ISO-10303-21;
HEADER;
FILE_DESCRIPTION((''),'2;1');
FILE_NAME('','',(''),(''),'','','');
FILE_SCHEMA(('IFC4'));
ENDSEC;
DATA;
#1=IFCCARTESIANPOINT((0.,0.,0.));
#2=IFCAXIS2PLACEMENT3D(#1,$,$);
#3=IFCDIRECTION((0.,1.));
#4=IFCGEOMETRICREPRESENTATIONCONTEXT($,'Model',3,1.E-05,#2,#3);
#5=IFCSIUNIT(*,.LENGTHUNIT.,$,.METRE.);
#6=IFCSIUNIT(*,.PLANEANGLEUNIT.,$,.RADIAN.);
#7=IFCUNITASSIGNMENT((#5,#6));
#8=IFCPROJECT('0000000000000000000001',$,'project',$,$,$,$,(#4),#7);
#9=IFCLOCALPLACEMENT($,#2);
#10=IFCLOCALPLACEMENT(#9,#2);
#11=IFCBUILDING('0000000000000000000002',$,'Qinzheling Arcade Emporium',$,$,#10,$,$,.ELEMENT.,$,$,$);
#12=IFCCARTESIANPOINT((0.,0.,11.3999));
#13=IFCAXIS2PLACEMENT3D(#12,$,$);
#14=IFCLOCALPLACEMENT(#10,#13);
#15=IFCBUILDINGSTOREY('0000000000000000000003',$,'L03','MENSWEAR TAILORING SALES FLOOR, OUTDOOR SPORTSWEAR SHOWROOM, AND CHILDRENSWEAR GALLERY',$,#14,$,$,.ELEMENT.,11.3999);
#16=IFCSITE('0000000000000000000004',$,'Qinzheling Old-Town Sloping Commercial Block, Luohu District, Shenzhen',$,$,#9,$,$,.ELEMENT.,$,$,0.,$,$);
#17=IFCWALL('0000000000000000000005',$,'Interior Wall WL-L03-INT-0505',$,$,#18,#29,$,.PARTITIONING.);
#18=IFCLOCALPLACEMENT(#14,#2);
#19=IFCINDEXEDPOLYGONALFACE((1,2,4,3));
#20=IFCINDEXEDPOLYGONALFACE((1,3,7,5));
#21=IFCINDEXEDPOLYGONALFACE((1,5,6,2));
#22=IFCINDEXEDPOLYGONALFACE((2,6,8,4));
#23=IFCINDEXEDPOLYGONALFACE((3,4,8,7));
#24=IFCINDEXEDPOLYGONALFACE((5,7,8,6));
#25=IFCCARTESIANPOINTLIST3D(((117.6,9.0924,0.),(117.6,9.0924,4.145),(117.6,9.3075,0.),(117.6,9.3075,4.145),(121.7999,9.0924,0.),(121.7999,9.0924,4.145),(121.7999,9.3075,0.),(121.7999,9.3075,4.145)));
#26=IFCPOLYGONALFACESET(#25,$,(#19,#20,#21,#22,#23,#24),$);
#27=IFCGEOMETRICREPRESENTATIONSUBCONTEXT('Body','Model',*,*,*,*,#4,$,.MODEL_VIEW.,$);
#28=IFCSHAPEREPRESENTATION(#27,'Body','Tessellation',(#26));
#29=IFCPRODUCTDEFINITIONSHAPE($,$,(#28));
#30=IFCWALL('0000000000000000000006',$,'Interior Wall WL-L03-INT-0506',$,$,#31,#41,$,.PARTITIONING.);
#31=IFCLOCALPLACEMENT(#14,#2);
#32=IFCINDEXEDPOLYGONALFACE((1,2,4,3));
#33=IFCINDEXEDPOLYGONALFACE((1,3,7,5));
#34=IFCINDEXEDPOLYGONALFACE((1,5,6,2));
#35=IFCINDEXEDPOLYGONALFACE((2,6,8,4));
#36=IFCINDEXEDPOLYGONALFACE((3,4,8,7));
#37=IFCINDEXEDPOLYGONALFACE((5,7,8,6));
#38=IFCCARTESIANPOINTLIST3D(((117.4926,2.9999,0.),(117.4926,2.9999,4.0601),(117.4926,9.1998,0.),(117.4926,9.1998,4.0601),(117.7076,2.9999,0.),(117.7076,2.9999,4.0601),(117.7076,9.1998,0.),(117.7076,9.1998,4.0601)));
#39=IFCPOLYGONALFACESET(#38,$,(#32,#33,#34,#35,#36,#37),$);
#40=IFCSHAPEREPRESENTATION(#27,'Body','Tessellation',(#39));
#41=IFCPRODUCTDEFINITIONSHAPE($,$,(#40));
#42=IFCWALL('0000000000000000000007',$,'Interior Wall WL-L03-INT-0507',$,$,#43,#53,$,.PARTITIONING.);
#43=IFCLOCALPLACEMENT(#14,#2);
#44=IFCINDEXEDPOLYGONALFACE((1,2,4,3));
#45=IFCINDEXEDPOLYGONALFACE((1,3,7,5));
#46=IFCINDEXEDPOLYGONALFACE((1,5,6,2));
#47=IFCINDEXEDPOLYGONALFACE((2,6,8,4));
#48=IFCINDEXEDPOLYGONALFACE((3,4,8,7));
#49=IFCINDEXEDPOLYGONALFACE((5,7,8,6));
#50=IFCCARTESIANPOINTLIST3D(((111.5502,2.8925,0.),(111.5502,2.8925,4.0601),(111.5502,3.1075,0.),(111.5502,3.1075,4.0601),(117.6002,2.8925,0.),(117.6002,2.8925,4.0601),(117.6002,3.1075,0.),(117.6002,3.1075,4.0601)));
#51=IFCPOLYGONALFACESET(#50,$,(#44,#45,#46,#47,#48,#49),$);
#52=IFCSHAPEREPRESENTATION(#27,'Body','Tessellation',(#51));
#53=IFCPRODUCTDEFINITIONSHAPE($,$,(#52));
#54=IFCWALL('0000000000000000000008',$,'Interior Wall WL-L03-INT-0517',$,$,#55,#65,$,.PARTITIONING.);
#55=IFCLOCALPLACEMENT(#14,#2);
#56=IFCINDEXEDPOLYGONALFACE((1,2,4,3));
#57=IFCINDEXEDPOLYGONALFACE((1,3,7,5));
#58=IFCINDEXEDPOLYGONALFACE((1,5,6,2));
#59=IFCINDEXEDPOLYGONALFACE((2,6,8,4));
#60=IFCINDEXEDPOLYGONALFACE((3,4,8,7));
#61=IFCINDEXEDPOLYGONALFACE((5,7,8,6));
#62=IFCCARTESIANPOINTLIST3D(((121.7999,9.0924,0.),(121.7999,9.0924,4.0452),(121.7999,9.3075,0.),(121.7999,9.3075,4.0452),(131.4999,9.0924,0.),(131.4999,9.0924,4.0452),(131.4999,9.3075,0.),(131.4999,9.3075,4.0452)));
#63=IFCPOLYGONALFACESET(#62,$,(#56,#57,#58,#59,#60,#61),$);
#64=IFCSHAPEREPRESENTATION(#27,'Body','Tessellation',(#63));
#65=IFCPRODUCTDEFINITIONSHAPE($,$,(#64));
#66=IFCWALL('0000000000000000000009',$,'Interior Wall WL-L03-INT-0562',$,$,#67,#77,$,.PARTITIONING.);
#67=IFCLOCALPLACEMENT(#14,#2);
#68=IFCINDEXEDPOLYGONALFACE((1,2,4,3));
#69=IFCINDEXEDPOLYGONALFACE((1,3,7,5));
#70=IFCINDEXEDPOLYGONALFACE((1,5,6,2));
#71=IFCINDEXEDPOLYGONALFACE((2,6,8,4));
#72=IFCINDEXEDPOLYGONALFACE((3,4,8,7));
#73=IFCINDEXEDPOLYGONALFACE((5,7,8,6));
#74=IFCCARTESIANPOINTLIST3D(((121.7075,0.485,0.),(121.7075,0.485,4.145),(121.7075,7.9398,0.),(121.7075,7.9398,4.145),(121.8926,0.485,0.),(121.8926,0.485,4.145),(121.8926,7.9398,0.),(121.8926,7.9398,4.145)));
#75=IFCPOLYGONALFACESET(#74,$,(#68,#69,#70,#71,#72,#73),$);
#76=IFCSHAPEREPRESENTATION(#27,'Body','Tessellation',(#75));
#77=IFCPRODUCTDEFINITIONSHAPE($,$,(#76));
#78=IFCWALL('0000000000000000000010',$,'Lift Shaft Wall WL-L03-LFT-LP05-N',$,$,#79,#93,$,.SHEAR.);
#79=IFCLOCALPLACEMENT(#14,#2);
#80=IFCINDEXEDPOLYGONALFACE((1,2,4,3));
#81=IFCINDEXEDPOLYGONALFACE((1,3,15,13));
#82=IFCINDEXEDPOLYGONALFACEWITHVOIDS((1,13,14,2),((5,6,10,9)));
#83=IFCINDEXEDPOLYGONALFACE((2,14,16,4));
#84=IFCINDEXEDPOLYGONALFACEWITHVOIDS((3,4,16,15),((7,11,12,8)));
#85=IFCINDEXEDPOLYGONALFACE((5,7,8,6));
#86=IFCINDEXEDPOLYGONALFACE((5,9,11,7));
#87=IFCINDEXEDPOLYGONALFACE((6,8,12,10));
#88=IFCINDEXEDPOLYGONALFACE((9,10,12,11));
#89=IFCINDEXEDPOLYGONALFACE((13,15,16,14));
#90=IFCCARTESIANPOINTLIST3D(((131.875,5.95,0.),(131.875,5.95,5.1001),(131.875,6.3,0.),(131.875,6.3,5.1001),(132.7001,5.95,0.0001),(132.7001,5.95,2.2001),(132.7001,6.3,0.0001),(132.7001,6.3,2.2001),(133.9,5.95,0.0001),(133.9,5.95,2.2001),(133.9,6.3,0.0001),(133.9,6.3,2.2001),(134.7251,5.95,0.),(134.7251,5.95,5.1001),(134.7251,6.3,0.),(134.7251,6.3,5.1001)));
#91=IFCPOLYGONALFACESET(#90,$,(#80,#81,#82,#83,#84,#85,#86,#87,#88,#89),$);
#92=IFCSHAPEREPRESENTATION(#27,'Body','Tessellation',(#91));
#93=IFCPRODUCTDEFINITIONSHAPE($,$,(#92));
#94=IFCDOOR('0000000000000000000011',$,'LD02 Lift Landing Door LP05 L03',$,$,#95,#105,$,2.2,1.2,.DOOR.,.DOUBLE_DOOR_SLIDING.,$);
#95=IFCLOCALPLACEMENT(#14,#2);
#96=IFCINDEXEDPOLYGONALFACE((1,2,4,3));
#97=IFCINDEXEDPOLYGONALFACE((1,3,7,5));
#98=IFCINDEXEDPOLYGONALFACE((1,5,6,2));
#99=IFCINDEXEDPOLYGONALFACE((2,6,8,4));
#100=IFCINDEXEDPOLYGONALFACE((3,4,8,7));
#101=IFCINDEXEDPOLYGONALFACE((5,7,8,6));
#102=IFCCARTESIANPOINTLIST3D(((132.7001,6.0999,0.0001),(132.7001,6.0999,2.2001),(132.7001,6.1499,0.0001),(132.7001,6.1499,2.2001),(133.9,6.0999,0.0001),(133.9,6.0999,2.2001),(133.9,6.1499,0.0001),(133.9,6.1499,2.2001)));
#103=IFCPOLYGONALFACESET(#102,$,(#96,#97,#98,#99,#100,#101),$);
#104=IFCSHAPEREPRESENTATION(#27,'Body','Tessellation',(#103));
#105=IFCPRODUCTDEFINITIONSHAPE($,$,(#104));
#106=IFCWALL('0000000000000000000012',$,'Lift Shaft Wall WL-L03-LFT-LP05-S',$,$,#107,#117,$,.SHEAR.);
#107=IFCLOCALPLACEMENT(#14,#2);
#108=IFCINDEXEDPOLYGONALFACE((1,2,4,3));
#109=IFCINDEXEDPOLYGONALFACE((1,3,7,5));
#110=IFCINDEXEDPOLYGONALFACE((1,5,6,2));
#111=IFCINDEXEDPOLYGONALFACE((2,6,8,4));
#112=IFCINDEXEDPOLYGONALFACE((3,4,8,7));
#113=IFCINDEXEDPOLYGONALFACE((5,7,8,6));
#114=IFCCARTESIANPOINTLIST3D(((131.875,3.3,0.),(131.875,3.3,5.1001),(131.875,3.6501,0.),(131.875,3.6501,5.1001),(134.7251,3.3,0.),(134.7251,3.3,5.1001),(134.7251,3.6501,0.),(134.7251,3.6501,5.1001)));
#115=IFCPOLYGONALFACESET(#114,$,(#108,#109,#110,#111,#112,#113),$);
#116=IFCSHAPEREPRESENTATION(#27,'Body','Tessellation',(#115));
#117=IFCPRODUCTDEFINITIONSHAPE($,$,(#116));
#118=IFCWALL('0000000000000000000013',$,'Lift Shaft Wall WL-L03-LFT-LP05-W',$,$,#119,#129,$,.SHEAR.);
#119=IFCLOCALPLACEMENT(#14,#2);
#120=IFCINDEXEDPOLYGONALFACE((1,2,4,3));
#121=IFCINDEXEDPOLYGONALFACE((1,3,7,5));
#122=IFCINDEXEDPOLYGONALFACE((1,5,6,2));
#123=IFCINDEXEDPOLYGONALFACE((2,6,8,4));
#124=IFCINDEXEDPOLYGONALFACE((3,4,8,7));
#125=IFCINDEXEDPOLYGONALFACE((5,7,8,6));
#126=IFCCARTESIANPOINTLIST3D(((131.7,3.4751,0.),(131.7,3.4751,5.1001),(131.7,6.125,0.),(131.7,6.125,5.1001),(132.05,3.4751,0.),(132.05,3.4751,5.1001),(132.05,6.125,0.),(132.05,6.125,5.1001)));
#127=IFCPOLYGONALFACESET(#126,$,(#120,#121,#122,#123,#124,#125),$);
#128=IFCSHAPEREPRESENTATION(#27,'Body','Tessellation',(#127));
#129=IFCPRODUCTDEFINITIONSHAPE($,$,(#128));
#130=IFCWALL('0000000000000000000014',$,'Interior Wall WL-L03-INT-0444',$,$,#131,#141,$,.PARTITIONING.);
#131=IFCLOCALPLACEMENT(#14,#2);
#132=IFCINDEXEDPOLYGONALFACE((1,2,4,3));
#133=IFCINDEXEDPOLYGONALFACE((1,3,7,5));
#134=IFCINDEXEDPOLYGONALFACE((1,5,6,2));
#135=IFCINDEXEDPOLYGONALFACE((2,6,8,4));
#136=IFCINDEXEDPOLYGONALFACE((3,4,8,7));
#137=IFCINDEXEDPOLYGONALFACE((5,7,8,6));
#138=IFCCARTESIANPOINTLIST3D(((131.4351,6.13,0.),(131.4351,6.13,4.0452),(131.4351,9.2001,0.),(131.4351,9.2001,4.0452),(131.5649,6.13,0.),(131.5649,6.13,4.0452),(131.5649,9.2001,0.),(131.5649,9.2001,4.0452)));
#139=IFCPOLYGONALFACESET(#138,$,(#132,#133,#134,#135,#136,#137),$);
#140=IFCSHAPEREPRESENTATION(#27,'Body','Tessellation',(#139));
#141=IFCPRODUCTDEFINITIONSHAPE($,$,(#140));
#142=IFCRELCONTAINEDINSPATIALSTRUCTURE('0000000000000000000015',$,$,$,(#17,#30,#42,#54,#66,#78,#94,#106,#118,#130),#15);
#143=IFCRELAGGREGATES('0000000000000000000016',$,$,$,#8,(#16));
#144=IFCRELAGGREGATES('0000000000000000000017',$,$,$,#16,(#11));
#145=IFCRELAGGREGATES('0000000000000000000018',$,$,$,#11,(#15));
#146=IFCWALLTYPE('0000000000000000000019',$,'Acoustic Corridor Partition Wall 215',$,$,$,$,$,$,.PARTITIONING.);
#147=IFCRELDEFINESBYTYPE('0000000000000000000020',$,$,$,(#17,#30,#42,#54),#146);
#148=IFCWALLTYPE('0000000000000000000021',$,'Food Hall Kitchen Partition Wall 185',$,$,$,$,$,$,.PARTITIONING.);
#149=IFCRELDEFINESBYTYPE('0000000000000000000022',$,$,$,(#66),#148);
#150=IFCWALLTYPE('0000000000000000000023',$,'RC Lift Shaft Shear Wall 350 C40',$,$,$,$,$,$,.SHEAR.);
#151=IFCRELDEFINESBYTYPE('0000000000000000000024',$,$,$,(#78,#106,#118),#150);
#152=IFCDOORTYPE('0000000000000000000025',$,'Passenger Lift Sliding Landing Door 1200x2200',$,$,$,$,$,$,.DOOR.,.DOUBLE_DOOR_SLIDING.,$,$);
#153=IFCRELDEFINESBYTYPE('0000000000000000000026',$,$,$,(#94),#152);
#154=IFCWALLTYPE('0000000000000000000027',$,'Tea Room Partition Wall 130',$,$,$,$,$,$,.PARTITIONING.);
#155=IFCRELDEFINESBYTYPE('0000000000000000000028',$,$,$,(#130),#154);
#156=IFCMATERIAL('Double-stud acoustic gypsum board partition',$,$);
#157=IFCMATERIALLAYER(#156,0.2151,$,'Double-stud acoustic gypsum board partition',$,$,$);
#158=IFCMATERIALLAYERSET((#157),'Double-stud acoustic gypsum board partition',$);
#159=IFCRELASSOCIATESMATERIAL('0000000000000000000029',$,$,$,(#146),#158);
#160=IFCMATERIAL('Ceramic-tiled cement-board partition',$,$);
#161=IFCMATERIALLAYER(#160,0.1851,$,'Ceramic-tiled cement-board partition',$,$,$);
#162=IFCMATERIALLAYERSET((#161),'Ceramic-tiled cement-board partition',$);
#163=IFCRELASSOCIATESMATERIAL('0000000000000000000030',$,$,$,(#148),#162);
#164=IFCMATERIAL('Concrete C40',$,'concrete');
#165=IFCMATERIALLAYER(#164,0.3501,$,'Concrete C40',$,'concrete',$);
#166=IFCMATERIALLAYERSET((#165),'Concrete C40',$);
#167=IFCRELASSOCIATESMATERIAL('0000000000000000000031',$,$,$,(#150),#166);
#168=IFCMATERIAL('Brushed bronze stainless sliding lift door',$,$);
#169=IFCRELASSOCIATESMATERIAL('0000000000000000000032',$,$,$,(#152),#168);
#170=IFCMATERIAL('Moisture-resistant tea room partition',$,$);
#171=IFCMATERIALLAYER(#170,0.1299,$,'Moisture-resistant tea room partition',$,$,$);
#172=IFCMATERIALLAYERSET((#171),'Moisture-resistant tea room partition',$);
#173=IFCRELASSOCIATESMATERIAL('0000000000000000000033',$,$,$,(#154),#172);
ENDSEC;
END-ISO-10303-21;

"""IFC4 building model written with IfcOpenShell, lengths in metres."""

from ifc_helpers import new_model, si_unit, direction, frame, frame_2d, origin, place, context, subcontext, project, spatial, rectangle, extrude, material, layer, layer_set, type_object, element, fill, save


model = new_model("IFC4")

# Units and contexts
model_context = context("Model", 3, precision=1e-05, world=origin(), true_north=direction((0.0, 1.0)))
body_context = subcontext(model_context, "Body", "Model", "MODEL_VIEW")
ifc_project = project(units=[si_unit("LENGTHUNIT", "METRE"), si_unit("PLANEANGLEUNIT", "RADIAN")], contexts=[model_context])

# Site, building, storey
site_placement = place(None, origin())
site = spatial("IfcSite", under=ifc_project, at=site_placement, Name="Qinzheling Old-Town Sloping Commercial Block, Luohu District, Shenzhen", CompositionType="ELEMENT", RefElevation=0.0)
building_placement = place(site_placement, origin())
building = spatial("IfcBuilding", under=site, at=building_placement, Name="Qinzheling Arcade Emporium", CompositionType="ELEMENT")
storey_placement = place(building_placement, frame((0.0, 0.0, 11.3999)))
storey = spatial("IfcBuildingStorey", under=building, at=storey_placement, Name="L03", Description="MENSWEAR TAILORING SALES FLOOR, OUTDOOR SPORTSWEAR SHOWROOM, AND CHILDRENSWEAR GALLERY", CompositionType="ELEMENT", Elevation=11.3999)

# Shared definitions
ifc_material_1 = material(Name="Concrete C40", Category="concrete")

# Shared definitions
ifc_material_2 = material(Name="Double-stud acoustic gypsum board partition")
ifc_layer_1 = layer(ifc_material_2, 0.2151, Name="Double-stud acoustic gypsum board partition")
ifc_layer_set_1 = layer_set([ifc_layer_1], Name="Double-stud acoustic gypsum board partition")
wall_type_1 = type_object("IfcWallType", Name="Acoustic Corridor Partition Wall 215", PredefinedType="PARTITIONING", material=ifc_layer_set_1)

# Walls
wall_1_placement = place(storey_placement, frame((121.8, 9.2, 0.0), z_axis=(0.0, 0.0, 1.0), x_axis=(-1.0, 0.0, 0.0)))
element("IfcWall", 1, at=wall_1_placement, inside=storey, type_object=wall_type_1, Name="Interior Wall WL-L03-INT-0505", PredefinedType="PARTITIONING", context=body_context, shape_type="SweptSolid", body=[
    extrude(rectangle(XDim=4.2, YDim=0.2151, at=frame_2d((2.1001, 0.0))), origin(), (0.0, 0.0, 1.0), 4.145),
])
wall_2_placement = place(storey_placement, frame((117.6001, 9.2, 0.0), z_axis=(0.0, 0.0, 1.0), x_axis=(0.0, -1.0, 0.0)))
element("IfcWall", 2, at=wall_2_placement, inside=storey, type_object=wall_type_1, Name="Interior Wall WL-L03-INT-0506", PredefinedType="PARTITIONING", context=body_context, shape_type="SweptSolid", body=[
    extrude(rectangle(XDim=6.2, YDim=0.2151, at=frame_2d((3.1001, 0.0))), origin(), (0.0, 0.0, 1.0), 4.0601),
])
wall_3_placement = place(storey_placement, frame((117.6001, 3.0, 0.0), z_axis=(0.0, 0.0, 1.0), x_axis=(-1.0, 0.0, 0.0)))
element("IfcWall", 3, at=wall_3_placement, inside=storey, type_object=wall_type_1, Name="Interior Wall WL-L03-INT-0507", PredefinedType="PARTITIONING", context=body_context, shape_type="SweptSolid", body=[
    extrude(rectangle(XDim=6.05, YDim=0.2151, at=frame_2d((3.0249, 0.0))), origin(), (0.0, 0.0, 1.0), 4.0601),
])
wall_4_placement = place(storey_placement, frame((131.5, 9.2, 0.0), z_axis=(0.0, 0.0, 1.0), x_axis=(-1.0, 0.0, 0.0)))
element("IfcWall", 4, at=wall_4_placement, inside=storey, type_object=wall_type_1, Name="Interior Wall WL-L03-INT-0517", PredefinedType="PARTITIONING", context=body_context, shape_type="SweptSolid", body=[
    extrude(rectangle(XDim=9.7, YDim=0.2151, at=frame_2d((4.8501, 0.0))), origin(), (0.0, 0.0, 1.0), 4.0452),
])
ifc_material_3 = material(Name="Ceramic-tiled cement-board partition")
ifc_layer_2 = layer(ifc_material_3, 0.1851, Name="Ceramic-tiled cement-board partition")
ifc_layer_set_2 = layer_set([ifc_layer_2], Name="Ceramic-tiled cement-board partition")
wall_type_2 = type_object("IfcWallType", Name="Food Hall Kitchen Partition Wall 185", PredefinedType="PARTITIONING", material=ifc_layer_set_2)
wall_5_placement = place(storey_placement, frame((121.8, 7.9399, 0.0), z_axis=(0.0, 0.0, 1.0), x_axis=(0.0, -1.0, 0.0)))
element("IfcWall", 5, at=wall_5_placement, inside=storey, type_object=wall_type_2, Name="Interior Wall WL-L03-INT-0562", PredefinedType="PARTITIONING", context=body_context, shape_type="SweptSolid", body=[
    extrude(rectangle(XDim=7.4548, YDim=0.1851, at=frame_2d((3.7275, 0.0))), origin(), (0.0, 0.0, 1.0), 4.145),
])

# Wall, opening, door
ifc_layer_3 = layer(ifc_material_1, 0.3501, Name="Concrete C40", Category="concrete")
ifc_layer_set_3 = layer_set([ifc_layer_3], Name="Concrete C40")
wall_type_3 = type_object("IfcWallType", Name="RC Lift Shaft Shear Wall 350 C40", PredefinedType="SHEAR", material=ifc_layer_set_3)
wall_6_placement = place(storey_placement, frame((131.875, 6.125, 0.0), z_axis=(0.0, 0.0, 1.0), x_axis=(1.0, 0.0, 0.0)))
wall_6 = element("IfcWall", 6, at=wall_6_placement, inside=storey, type_object=wall_type_3, Name="Lift Shaft Wall WL-L03-LFT-LP05-N", PredefinedType="SHEAR", context=body_context, shape_type="SweptSolid", body=[
    extrude(rectangle(XDim=2.8501, YDim=0.3501, at=frame_2d((1.425, 0.0))), origin(), (0.0, 0.0, 1.0), 5.1001),
])
opening_1_placement = place(wall_6_placement, frame((0.825, 0.0, 0.0)))
opening_1 = element("IfcOpeningElement", 7, at=opening_1_placement, cuts=wall_6, PredefinedType="OPENING", context=body_context, shape_type="SweptSolid", body=[
    extrude(rectangle(XDim=1.2, YDim=2.2, at=frame_2d((0.6001, 1.1001))), frame((0.0, 0.1851, 0.0), z_axis=(0.0, -1.0, 0.0), x_axis=(1.0, 0.0, 0.0)), (0.0, 0.0, 1.0), 0.3701),
])
ifc_material_4 = material(Name="Brushed bronze stainless sliding lift door")
door_type_1 = type_object("IfcDoorType", Name="Passenger Lift Sliding Landing Door 1200x2200", OperationType="DOUBLE_DOOR_SLIDING", PredefinedType="DOOR", material=ifc_material_4)
door_1_placement = place(opening_1_placement, origin())
door_1 = element("IfcDoor", 8, at=door_1_placement, inside=storey, type_object=door_type_1, Name="LD02 Lift Landing Door LP05 L03", OperationType="DOUBLE_DOOR_SLIDING", OverallHeight=2.2, OverallWidth=1.2, PredefinedType="DOOR", context=body_context, shape_type="SweptSolid", body=[
    extrude(rectangle(XDim=1.2, YDim=2.2, at=frame_2d((0.6001, 1.1001))), frame((0.0, 0.0249, 0.0), z_axis=(0.0, -1.0, 0.0), x_axis=(1.0, 0.0, 0.0)), (0.0, 0.0, 1.0), 0.05),
])
fill(opening_1, door_1)

# Walls
wall_7_placement = place(storey_placement, frame((134.7251, 3.4751, 0.0), z_axis=(0.0, 0.0, 1.0), x_axis=(-1.0, 0.0, 0.0)))
element("IfcWall", 9, at=wall_7_placement, inside=storey, type_object=wall_type_3, Name="Lift Shaft Wall WL-L03-LFT-LP05-S", PredefinedType="SHEAR", context=body_context, shape_type="SweptSolid", body=[
    extrude(rectangle(XDim=2.8501, YDim=0.3501, at=frame_2d((1.425, 0.0))), origin(), (0.0, 0.0, 1.0), 5.1001),
])
wall_8_placement = place(storey_placement, frame((131.875, 3.4751, 0.0), z_axis=(0.0, 0.0, 1.0), x_axis=(0.0, 1.0, 0.0)))
element("IfcWall", 10, at=wall_8_placement, inside=storey, type_object=wall_type_3, Name="Lift Shaft Wall WL-L03-LFT-LP05-W", PredefinedType="SHEAR", context=body_context, shape_type="SweptSolid", body=[
    extrude(rectangle(XDim=2.6499, YDim=0.3501, at=frame_2d((1.325, 0.0))), origin(), (0.0, 0.0, 1.0), 5.1001),
])
ifc_material_5 = material(Name="Moisture-resistant tea room partition")
ifc_layer_4 = layer(ifc_material_5, 0.1299, Name="Moisture-resistant tea room partition")
ifc_layer_set_4 = layer_set([ifc_layer_4], Name="Moisture-resistant tea room partition")
wall_type_4 = type_object("IfcWallType", Name="Tea Room Partition Wall 130", PredefinedType="PARTITIONING", material=ifc_layer_set_4)
wall_9_placement = place(storey_placement, frame((131.5, 6.1299, 0.0), z_axis=(0.0, 0.0, 1.0), x_axis=(0.0, 1.0, 0.0)))
element("IfcWall", 11, at=wall_9_placement, inside=storey, type_object=wall_type_4, Name="Interior Wall WL-L03-INT-0444", PredefinedType="PARTITIONING", context=body_context, shape_type="SweptSolid", body=[
    extrude(rectangle(XDim=3.0701, YDim=0.1299, at=frame_2d((1.5352, 0.0))), origin(), (0.0, 0.0, 1.0), 4.0452),
])

save(model, "model.ifc")
